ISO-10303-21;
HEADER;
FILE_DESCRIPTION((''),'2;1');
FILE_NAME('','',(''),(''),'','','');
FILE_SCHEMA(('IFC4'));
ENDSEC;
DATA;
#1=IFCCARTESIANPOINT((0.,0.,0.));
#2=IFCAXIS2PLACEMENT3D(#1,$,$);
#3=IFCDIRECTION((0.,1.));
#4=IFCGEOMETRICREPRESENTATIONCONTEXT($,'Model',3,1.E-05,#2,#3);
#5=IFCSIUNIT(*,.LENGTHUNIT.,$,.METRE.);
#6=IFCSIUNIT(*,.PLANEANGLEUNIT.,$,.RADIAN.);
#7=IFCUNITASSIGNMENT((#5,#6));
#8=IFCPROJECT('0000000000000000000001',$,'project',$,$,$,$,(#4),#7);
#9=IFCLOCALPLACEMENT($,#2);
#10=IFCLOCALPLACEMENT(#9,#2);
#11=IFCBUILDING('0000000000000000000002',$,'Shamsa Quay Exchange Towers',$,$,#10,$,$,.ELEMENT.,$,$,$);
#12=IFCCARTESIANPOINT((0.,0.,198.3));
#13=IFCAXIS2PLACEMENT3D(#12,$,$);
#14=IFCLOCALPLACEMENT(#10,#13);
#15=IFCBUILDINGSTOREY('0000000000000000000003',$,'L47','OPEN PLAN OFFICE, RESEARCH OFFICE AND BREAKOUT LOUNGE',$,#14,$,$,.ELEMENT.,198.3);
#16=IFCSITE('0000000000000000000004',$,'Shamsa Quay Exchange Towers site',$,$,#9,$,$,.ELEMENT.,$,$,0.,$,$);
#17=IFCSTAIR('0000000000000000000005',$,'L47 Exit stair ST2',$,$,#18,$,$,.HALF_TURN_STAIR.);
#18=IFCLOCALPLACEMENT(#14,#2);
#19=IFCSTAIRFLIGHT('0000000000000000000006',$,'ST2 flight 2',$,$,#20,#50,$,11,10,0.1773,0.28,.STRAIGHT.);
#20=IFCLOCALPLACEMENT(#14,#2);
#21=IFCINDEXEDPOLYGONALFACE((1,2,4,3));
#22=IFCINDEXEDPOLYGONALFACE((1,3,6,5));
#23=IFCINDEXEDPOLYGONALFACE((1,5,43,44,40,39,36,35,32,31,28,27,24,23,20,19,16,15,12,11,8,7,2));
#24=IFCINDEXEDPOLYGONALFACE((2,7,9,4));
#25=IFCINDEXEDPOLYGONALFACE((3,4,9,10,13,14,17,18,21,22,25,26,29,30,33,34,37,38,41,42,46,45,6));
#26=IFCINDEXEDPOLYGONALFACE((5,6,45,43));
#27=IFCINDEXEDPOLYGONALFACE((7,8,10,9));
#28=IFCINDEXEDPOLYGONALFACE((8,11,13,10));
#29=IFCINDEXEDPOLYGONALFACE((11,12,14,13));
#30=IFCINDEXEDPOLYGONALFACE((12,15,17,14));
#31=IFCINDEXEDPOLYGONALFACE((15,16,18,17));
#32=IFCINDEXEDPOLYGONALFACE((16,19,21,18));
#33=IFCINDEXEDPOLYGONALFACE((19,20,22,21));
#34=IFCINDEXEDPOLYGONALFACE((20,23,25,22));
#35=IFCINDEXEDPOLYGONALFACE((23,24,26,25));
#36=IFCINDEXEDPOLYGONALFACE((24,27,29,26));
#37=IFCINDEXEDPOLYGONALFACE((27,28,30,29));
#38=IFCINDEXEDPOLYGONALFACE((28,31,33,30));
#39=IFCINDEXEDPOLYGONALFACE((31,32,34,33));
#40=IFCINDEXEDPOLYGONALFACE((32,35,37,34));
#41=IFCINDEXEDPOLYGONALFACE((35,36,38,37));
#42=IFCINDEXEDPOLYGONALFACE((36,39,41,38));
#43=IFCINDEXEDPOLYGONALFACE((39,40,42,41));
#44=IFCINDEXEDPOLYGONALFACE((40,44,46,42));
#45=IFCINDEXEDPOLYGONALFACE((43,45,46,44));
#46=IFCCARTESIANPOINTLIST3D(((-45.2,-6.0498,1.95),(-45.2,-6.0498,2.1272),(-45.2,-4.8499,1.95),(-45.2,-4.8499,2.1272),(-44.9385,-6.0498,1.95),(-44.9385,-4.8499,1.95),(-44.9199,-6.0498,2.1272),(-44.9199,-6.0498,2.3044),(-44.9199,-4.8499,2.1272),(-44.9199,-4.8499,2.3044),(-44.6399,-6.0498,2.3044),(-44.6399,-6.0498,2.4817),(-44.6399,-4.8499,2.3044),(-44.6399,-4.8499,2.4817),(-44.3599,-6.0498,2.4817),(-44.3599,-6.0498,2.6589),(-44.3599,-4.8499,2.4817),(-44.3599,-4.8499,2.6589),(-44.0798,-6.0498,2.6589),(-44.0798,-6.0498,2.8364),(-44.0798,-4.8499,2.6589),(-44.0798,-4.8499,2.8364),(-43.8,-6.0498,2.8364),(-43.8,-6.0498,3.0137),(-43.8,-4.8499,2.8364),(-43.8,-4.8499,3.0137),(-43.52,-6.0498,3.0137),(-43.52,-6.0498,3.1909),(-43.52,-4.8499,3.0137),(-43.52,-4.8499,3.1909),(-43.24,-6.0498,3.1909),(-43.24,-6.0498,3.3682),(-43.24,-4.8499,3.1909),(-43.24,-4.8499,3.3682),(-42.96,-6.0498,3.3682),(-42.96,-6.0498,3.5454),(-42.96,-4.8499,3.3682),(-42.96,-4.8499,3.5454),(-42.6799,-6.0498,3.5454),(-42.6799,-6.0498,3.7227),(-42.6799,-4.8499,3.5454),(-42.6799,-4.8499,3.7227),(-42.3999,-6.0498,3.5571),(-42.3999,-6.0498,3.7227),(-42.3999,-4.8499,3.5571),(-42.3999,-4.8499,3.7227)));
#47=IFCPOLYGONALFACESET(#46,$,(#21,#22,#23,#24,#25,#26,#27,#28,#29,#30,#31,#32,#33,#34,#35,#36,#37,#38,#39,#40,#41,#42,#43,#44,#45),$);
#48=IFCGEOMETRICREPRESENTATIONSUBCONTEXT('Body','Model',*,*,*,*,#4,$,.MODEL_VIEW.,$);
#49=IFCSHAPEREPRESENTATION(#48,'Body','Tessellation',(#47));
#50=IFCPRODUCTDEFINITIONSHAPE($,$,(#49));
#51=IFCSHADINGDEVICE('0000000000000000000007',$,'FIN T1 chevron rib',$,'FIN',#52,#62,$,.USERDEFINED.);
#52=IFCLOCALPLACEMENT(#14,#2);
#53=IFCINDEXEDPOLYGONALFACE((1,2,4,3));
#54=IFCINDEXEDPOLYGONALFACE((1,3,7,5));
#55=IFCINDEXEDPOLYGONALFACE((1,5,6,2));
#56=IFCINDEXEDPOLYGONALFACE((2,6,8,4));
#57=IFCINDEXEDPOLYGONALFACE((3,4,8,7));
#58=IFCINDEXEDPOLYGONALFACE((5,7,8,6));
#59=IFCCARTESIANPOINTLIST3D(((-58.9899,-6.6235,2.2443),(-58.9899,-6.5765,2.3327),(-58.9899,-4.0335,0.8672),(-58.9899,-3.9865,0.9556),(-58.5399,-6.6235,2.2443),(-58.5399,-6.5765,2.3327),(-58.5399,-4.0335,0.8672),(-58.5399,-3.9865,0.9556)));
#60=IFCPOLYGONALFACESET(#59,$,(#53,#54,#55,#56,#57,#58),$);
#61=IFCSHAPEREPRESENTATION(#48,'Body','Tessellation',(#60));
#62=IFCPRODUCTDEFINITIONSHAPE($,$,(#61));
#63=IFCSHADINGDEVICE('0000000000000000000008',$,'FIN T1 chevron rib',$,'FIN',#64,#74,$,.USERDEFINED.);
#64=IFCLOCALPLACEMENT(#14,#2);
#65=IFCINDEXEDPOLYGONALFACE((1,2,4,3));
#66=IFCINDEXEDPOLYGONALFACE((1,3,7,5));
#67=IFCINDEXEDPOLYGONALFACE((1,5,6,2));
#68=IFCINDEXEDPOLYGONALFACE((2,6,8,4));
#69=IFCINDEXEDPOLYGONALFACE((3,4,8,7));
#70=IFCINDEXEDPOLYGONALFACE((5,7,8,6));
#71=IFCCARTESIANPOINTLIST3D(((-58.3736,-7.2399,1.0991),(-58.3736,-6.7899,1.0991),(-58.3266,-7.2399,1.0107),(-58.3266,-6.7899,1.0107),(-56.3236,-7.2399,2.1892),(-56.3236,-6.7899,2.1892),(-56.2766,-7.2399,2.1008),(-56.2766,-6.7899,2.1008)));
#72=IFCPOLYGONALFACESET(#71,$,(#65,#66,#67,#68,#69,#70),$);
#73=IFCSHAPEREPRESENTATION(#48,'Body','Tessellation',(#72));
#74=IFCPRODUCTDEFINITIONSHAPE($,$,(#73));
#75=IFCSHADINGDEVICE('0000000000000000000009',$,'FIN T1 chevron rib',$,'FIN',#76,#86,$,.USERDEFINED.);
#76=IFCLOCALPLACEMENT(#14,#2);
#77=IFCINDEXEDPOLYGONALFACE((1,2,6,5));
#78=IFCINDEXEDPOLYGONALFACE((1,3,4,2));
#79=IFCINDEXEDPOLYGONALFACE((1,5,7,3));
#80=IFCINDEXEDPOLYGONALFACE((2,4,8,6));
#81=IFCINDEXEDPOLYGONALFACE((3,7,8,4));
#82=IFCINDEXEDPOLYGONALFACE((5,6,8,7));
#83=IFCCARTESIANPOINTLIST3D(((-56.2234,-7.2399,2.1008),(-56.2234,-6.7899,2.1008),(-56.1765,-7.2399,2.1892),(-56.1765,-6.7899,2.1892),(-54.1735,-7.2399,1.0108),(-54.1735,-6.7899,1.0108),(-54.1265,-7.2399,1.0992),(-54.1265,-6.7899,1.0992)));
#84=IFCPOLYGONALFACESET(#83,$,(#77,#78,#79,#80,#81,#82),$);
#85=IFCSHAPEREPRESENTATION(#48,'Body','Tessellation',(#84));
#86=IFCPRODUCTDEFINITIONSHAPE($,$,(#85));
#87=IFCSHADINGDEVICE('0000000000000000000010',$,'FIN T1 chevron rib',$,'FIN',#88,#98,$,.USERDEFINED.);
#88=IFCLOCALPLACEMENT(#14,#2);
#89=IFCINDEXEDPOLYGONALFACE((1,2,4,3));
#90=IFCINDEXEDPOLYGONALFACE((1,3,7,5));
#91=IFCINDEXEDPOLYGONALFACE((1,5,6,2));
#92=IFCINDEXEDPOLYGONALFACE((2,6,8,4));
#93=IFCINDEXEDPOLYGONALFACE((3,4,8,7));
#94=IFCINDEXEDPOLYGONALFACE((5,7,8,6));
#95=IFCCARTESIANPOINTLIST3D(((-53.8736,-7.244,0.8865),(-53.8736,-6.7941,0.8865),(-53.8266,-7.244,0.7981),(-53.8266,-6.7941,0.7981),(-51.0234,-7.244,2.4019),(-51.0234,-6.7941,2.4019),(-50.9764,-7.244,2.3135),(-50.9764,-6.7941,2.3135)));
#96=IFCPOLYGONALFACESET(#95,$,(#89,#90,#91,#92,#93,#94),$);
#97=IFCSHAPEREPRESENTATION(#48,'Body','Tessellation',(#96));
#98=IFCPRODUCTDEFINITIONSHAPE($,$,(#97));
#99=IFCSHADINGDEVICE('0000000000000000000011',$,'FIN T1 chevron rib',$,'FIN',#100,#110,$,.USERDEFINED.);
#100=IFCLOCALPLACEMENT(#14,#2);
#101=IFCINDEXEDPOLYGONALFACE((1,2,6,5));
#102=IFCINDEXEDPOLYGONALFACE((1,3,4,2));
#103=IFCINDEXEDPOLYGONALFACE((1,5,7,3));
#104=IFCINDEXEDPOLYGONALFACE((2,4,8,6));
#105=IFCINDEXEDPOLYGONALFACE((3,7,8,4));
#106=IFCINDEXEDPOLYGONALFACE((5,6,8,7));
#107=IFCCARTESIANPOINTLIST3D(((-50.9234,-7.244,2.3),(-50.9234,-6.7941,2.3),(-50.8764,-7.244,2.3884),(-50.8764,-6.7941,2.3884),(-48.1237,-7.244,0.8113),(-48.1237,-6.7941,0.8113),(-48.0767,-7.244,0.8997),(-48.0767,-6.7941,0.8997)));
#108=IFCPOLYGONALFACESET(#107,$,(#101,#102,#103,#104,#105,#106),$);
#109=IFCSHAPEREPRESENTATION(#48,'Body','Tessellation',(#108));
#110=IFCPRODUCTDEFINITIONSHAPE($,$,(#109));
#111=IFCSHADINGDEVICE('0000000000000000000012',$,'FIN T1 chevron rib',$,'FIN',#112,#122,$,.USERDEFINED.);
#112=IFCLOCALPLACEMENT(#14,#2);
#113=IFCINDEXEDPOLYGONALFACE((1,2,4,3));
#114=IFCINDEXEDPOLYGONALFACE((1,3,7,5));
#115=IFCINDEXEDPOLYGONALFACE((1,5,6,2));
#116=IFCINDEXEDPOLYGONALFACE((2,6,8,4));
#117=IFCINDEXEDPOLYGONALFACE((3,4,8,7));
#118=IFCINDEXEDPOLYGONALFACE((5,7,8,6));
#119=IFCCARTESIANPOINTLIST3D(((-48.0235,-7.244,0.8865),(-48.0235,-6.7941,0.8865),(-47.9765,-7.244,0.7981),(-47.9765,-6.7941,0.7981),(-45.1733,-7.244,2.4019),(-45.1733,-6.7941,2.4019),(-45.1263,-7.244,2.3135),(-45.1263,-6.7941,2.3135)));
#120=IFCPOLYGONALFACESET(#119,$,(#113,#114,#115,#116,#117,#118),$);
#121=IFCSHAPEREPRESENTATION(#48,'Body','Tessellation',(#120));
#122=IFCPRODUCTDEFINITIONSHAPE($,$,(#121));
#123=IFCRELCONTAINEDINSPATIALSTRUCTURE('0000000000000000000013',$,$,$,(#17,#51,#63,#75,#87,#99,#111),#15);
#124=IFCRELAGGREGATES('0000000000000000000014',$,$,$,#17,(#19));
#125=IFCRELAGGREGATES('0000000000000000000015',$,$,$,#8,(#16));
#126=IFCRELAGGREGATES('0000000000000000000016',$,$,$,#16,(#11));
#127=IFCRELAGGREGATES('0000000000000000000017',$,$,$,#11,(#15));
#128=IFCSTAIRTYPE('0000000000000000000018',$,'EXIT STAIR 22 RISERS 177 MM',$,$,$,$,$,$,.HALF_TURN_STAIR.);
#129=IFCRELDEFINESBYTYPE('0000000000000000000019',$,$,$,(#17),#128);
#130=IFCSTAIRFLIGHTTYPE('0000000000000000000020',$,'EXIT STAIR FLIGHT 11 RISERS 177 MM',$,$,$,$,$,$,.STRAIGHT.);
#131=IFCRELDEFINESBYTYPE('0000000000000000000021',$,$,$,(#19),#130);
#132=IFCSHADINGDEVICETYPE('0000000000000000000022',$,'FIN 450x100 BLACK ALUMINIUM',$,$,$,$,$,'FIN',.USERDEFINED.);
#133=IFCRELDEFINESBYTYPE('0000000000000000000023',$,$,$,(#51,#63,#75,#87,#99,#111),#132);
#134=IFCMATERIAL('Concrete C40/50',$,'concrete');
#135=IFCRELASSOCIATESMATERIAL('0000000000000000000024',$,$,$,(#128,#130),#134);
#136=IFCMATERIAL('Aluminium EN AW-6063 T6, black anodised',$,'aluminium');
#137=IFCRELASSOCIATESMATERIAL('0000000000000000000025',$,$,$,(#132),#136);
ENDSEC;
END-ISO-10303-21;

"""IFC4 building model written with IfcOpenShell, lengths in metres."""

from ifc_helpers import new_model, si_unit, direction, frame, origin, origin_2d, place, context, subcontext, project, spatial, polyline, rectangle, outline, extrude, material, material_profile, profile_set, type_object, element, aggregate, save


model = new_model("IFC4")

# Units and contexts
model_context = context("Model", 3, precision=1e-05, world=origin(), true_north=direction((0.0, 1.0)))
body_context = subcontext(model_context, "Body", "Model", "MODEL_VIEW")
ifc_project = project(units=[si_unit("LENGTHUNIT", "METRE"), si_unit("PLANEANGLEUNIT", "RADIAN")], contexts=[model_context])

# Site, building, storey
site_placement = place(None, origin())
site = spatial("IfcSite", under=ifc_project, at=site_placement, Name="Shamsa Quay Exchange Towers site", CompositionType="ELEMENT", RefElevation=0.0)
building_placement = place(site_placement, origin())
building = spatial("IfcBuilding", under=site, at=building_placement, Name="Shamsa Quay Exchange Towers", CompositionType="ELEMENT")
storey_placement = place(building_placement, frame((0.0, 0.0, 198.3)))
storey = spatial("IfcBuildingStorey", under=building, at=storey_placement, Name="L47", Description="OPEN PLAN OFFICE, RESEARCH OFFICE AND BREAKOUT LOUNGE", CompositionType="ELEMENT", Elevation=198.3)

# Shared definitions
ifc_material_1 = material(Name="Aluminium EN AW-6063 T6, black anodised", Category="aluminium")

# Stair, stair flight
ifc_material_2 = material(Name="Concrete C40/50", Category="concrete")
stair_type = type_object("IfcStairType", Name="EXIT STAIR 22 RISERS 177 MM", PredefinedType="HALF_TURN_STAIR", material=ifc_material_2)
stair_placement = place(storey_placement, origin())
stair = element("IfcStair", 1, at=stair_placement, inside=storey, type_object=stair_type, Name="L47 Exit stair ST2", PredefinedType="HALF_TURN_STAIR")
stair_flight_type = type_object("IfcStairFlightType", Name="EXIT STAIR FLIGHT 11 RISERS 177 MM", PredefinedType="STRAIGHT", material=ifc_material_2)
stair_flight_placement = place(storey_placement, frame((-45.2, -5.45, 1.95)))
stair_flight = element("IfcStairFlight", 2, at=stair_flight_placement, type_object=stair_flight_type, Name="ST2 flight 2", NumberOfRisers=11, NumberOfTreads=10, PredefinedType="STRAIGHT", RiserHeight=0.1773, TreadLength=0.28, context=body_context, shape_type="SweptSolid", body=[
    extrude(outline(polyline([(0.0, 0.0), (0.0, 0.1772), (0.28, 0.1772), (0.28, 0.3545), (0.5601, 0.3545), (0.5601, 0.5317), (0.8401, 0.5317), (0.8401, 0.709), (1.1201, 0.709), (1.1201, 0.8865), (1.3999, 0.8865), (1.3999, 1.0637), (1.6799, 1.0637), (1.6799, 1.241), (1.96, 1.241), (1.96, 1.4182), (2.24, 1.4182), (2.24, 1.5955), (2.52, 1.5955), (2.52, 1.7727), (2.8, 1.7727), (2.8, 1.95), (2.8, 1.6072), (0.2615, 0.0), (0.0, 0.0)])), frame((0.0, 0.6001, 0.0), z_axis=(0.0, -1.0, 0.0), x_axis=(1.0, 0.0, 0.0)), (0.0, 0.0, 1.0), 1.2),
])
aggregate(stair, [stair_flight])

# Shading devices
ifc_material_profile_1 = material_profile(ifc_material_1, rectangle(XDim=0.45, YDim=0.1001, at=origin_2d()), Name="FIN450x100")
ifc_profile_set_1 = profile_set([ifc_material_profile_1], Name="Aluminium EN AW-6063 T6, black anodised")
shading_device_type = type_object("IfcShadingDeviceType", Name="FIN 450x100 BLACK ALUMINIUM", ElementType="FIN", PredefinedType="USERDEFINED", material=ifc_profile_set_1)
shading_device_1_placement = place(storey_placement, frame((-58.7649, -4.01, 0.9114), z_axis=(0.0, -0.882944, 0.469478), x_axis=(1.0, 0.0, 0.0)))
element("IfcShadingDevice", 3, at=shading_device_1_placement, inside=storey, type_object=shading_device_type, Name="FIN T1 chevron rib", ObjectType="FIN", PredefinedType="USERDEFINED", context=body_context, shape_type="SweptSolid", body=[
    extrude(rectangle(XDim=0.45, YDim=0.1001, at=origin_2d()), origin(), (0.0, 0.0, 1.0), 2.9333),
])
for number, where, z_axis, x_axis, name in (
    (4, (-58.3501, -7.0149, 1.0549), (0.882937, 0.0, 0.469491), (0.0, 1.0, 0.0), "FIN T1 chevron rib"),
    (5, (-56.2, -7.0149, 2.145), (0.882937, 0.0, -0.469491), (0.0, 1.0, 0.0), "FIN T1 chevron rib"),
):
    element("IfcShadingDevice", number, at=place(storey_placement, frame(where, z_axis=z_axis, x_axis=x_axis)), inside=storey, type_object=shading_device_type, Name=name, ObjectType="FIN", PredefinedType="USERDEFINED", context=body_context, shape_type="SweptSolid", body=[
        extrude(rectangle(XDim=0.45, YDim=0.1001, at=origin_2d()), origin(), (0.0, 0.0, 1.0), 2.3218),
    ])
shading_device_2_placement = place(storey_placement, frame((-53.8501, -7.019, 0.8423), z_axis=(0.882953, 0.0, 0.469461), x_axis=(0.0, 1.0, 0.0)))
element("IfcShadingDevice", 6, at=shading_device_2_placement, inside=storey, type_object=shading_device_type, Name="FIN T1 chevron rib", ObjectType="FIN", PredefinedType="USERDEFINED", context=body_context, shape_type="SweptSolid", body=[
    extrude(rectangle(XDim=0.45, YDim=0.1001, at=origin_2d()), origin(), (0.0, 0.0, 1.0), 3.228),
])
shading_device_3_placement = place(storey_placement, frame((-50.8999, -7.019, 2.3442), z_axis=(0.882936, 0.0, -0.469493), x_axis=(0.0, 1.0, 0.0)))
element("IfcShadingDevice", 7, at=shading_device_3_placement, inside=storey, type_object=shading_device_type, Name="FIN T1 chevron rib", ObjectType="FIN", PredefinedType="USERDEFINED", context=body_context, shape_type="SweptSolid", body=[
    extrude(rectangle(XDim=0.45, YDim=0.1001, at=origin_2d()), origin(), (0.0, 0.0, 1.0), 3.1709),
])
shading_device_4_placement = place(storey_placement, frame((-48.0, -7.019, 0.8423), z_axis=(0.882953, 0.0, 0.469461), x_axis=(0.0, 1.0, 0.0)))
element("IfcShadingDevice", 8, at=shading_device_4_placement, inside=storey, type_object=shading_device_type, Name="FIN T1 chevron rib", ObjectType="FIN", PredefinedType="USERDEFINED", context=body_context, shape_type="SweptSolid", body=[
    extrude(rectangle(XDim=0.45, YDim=0.1001, at=origin_2d()), origin(), (0.0, 0.0, 1.0), 3.228),
])

save(model, "model.ifc")
